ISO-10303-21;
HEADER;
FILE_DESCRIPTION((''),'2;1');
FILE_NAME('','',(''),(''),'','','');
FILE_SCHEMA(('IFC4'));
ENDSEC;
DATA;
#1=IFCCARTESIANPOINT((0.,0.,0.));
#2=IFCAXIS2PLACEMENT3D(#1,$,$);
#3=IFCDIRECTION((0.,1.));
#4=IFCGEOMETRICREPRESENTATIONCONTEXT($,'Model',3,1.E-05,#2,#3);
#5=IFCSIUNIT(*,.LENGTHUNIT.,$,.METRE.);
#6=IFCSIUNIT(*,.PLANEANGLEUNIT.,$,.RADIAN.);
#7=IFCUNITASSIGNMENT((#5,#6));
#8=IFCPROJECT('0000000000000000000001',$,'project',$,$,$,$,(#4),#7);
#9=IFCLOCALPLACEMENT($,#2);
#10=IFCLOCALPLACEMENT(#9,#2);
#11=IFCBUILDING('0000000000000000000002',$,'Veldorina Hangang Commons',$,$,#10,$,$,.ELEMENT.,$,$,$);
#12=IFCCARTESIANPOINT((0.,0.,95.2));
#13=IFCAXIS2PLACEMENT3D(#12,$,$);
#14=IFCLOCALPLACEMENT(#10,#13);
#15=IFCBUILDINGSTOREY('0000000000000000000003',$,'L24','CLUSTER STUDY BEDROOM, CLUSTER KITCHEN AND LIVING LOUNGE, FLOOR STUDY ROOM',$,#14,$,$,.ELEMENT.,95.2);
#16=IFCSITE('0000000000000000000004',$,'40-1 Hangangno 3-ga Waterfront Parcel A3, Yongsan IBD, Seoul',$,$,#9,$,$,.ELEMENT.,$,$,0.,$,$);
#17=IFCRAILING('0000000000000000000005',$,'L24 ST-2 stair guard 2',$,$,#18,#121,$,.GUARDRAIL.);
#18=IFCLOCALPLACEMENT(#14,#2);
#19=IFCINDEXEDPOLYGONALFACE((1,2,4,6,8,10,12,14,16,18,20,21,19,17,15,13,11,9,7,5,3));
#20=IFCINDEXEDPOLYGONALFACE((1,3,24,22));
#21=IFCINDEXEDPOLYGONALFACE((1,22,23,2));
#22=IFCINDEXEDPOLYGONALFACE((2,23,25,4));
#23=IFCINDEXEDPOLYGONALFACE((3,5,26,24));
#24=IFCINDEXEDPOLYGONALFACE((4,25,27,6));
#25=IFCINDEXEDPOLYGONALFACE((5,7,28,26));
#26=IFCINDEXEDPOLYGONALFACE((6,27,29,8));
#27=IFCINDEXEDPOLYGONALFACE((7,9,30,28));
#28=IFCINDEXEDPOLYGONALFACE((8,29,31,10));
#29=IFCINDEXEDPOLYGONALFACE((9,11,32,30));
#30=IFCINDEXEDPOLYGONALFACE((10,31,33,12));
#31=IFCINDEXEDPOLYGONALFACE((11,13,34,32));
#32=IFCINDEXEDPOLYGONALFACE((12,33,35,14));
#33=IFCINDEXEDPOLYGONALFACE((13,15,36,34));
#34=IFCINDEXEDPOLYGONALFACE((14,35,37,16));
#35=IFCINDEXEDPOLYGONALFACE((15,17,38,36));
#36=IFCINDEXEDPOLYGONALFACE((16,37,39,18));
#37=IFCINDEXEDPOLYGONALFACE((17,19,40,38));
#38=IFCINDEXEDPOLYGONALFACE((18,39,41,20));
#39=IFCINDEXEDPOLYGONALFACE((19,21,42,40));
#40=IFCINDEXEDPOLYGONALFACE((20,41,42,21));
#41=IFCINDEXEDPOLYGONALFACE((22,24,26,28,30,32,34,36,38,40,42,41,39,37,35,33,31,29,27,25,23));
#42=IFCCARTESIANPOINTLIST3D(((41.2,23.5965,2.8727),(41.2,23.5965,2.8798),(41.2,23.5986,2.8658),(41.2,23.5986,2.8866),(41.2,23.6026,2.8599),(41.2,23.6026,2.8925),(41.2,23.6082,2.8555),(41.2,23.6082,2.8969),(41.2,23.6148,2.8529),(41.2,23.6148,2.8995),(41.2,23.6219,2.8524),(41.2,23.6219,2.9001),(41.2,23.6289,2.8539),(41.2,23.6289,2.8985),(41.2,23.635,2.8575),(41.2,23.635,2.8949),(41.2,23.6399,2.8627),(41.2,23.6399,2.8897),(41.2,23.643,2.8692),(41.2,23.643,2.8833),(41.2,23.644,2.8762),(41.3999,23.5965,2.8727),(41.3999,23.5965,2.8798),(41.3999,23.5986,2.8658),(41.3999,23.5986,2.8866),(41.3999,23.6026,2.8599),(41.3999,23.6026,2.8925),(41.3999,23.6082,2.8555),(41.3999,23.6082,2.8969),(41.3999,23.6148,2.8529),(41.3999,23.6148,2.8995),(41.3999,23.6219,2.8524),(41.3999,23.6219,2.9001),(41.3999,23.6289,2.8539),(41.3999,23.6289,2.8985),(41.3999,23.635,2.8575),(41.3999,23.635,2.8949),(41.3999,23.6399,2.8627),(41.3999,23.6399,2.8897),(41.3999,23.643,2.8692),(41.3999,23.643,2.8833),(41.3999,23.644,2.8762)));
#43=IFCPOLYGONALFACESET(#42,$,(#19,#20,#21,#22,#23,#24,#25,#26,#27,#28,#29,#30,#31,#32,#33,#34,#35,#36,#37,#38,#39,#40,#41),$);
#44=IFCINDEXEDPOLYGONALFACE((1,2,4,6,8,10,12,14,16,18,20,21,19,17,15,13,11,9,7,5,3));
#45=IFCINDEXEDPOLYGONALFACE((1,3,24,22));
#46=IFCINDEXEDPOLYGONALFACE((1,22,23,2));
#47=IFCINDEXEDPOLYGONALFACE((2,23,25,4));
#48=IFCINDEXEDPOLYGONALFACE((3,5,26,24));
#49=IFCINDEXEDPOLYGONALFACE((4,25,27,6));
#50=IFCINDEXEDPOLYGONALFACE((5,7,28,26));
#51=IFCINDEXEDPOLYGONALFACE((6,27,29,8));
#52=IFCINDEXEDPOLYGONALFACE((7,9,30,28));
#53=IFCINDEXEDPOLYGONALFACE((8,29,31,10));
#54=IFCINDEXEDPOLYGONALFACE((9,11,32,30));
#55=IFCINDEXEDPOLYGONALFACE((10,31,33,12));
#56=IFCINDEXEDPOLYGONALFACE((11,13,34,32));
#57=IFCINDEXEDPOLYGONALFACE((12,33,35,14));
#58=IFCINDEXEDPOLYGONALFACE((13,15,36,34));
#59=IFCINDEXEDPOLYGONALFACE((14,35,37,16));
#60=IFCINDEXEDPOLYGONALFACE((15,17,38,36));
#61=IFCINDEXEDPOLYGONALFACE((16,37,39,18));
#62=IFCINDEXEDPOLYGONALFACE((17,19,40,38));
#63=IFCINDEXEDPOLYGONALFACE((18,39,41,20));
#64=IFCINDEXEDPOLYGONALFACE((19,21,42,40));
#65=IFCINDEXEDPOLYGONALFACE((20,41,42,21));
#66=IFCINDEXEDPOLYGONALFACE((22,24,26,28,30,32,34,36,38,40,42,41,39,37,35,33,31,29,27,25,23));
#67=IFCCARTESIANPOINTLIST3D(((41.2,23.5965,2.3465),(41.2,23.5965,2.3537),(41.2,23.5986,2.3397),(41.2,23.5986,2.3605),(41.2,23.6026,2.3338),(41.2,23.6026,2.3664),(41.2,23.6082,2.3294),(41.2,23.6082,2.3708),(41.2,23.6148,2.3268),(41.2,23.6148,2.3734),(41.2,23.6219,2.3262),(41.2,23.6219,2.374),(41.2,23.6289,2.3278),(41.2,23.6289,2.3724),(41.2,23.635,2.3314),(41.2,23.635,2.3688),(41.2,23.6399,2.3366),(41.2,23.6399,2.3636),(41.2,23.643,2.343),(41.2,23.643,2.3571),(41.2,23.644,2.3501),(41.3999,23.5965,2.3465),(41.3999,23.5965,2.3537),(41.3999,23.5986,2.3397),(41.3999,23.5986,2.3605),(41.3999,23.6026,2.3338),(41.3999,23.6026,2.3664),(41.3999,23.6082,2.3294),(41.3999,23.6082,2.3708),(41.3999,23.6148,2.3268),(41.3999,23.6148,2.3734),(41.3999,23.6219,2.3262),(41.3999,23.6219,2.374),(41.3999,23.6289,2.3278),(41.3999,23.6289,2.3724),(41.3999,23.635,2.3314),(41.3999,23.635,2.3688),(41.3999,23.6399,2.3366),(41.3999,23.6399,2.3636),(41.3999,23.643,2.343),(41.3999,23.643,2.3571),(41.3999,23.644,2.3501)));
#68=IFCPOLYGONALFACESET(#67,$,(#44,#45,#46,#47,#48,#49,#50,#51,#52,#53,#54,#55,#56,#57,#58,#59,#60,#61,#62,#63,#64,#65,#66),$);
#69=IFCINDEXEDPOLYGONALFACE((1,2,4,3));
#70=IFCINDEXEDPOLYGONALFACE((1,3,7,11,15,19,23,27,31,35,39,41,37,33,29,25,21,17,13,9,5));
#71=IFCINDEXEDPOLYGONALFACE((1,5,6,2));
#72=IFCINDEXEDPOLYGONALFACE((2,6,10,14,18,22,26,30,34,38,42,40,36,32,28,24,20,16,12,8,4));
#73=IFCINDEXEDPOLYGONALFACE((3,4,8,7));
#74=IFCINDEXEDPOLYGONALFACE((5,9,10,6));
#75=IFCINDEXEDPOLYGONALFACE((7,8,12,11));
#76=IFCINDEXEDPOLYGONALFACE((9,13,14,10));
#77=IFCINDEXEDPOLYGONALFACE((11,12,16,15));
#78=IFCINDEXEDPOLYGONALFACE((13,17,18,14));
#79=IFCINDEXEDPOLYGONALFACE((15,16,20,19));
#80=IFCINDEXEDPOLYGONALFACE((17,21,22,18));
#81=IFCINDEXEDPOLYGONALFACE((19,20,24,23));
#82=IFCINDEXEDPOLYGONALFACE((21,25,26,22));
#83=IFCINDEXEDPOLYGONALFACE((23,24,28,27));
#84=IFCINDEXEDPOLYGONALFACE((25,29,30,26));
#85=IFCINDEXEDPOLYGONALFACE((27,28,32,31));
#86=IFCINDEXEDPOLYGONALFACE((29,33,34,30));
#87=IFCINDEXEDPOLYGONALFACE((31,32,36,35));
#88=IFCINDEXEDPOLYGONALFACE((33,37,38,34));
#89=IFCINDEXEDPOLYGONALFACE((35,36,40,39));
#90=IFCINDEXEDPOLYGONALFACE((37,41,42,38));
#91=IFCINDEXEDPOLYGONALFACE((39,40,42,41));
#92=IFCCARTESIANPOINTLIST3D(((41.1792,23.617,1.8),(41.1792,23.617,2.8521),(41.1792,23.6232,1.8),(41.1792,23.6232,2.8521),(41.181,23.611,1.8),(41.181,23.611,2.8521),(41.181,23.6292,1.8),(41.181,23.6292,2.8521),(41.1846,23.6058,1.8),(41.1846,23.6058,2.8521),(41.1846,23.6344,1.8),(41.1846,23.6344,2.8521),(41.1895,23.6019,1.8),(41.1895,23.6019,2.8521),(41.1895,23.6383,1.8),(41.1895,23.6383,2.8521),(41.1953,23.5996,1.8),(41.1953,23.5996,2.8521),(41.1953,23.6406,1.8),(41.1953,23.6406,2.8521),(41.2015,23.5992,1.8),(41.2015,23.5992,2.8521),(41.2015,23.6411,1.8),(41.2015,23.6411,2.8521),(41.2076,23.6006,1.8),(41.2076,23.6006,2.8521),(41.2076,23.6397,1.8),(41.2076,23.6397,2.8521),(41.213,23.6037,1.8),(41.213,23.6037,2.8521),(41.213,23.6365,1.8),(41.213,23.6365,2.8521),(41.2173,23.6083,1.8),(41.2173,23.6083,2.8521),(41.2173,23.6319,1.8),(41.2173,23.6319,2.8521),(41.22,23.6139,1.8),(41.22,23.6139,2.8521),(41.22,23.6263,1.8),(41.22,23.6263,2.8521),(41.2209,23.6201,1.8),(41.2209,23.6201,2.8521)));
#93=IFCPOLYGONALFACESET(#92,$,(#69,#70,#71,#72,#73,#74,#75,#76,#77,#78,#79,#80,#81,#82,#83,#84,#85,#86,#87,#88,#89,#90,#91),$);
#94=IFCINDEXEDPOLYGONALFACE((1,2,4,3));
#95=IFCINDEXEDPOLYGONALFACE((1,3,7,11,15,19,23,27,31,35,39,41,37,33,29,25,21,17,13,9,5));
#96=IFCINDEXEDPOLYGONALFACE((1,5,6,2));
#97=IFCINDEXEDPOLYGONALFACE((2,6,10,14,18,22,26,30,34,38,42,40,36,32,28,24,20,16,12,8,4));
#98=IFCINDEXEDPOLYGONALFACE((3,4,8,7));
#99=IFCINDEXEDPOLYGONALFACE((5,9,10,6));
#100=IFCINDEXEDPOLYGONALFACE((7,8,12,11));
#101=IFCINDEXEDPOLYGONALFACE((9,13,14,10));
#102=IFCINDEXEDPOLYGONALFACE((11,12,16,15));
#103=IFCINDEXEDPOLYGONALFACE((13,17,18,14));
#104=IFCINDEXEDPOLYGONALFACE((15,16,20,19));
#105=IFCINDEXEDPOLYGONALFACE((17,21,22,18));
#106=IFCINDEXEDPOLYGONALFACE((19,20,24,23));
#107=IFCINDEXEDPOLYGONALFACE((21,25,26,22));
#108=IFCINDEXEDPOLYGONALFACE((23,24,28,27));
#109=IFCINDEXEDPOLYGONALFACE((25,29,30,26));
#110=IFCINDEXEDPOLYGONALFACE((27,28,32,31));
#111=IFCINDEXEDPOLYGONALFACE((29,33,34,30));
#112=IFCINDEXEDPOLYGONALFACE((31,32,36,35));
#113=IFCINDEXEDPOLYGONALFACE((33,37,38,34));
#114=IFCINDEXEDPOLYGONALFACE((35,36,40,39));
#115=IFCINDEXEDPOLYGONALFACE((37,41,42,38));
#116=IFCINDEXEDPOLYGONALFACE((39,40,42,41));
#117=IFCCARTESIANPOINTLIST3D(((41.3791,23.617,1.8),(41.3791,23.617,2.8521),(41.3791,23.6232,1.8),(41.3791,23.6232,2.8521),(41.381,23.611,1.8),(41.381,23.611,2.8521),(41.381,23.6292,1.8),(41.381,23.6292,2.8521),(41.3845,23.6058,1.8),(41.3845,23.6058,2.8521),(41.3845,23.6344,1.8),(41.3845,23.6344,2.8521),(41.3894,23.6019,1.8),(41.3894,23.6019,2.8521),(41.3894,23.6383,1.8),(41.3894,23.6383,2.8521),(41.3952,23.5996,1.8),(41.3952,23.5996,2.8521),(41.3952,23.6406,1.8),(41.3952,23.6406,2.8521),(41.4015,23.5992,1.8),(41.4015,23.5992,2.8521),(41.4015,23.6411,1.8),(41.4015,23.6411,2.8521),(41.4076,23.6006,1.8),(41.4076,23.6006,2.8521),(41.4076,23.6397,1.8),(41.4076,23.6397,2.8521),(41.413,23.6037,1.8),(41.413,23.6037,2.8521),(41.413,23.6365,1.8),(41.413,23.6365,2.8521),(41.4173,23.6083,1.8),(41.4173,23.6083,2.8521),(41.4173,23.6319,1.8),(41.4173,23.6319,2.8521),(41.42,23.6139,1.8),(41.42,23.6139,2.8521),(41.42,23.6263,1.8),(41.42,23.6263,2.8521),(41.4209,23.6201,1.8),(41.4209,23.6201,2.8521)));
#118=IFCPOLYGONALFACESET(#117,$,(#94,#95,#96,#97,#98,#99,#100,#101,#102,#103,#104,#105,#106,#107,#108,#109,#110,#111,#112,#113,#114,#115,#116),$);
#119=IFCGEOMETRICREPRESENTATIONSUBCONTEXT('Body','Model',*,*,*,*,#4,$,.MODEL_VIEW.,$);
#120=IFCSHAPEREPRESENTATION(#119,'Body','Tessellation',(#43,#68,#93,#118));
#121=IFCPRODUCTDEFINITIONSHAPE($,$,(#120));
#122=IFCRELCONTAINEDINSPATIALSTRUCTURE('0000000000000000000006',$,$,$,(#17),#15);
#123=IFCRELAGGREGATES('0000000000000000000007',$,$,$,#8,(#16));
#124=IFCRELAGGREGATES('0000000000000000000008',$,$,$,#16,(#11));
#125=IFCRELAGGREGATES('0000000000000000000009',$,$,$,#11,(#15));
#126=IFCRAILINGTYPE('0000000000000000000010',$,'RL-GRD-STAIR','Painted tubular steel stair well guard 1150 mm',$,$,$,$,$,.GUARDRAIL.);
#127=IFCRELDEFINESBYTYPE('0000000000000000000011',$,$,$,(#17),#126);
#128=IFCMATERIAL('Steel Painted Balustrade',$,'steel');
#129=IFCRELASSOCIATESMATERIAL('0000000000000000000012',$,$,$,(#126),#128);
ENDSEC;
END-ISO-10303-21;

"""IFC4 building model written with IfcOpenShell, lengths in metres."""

from ifc_helpers import new_model, si_unit, direction, frame, origin, origin_2d, place, context, subcontext, project, spatial, circle, extrude, material, type_object, element, save


model = new_model("IFC4")

# Units and contexts
model_context = context("Model", 3, precision=1e-05, world=origin(), true_north=direction((0.0, 1.0)))
body_context = subcontext(model_context, "Body", "Model", "MODEL_VIEW")
ifc_project = project(units=[si_unit("LENGTHUNIT", "METRE"), si_unit("PLANEANGLEUNIT", "RADIAN")], contexts=[model_context])

# Site, building, storey
site_placement = place(None, origin())
site = spatial("IfcSite", under=ifc_project, at=site_placement, Name="40-1 Hangangno 3-ga Waterfront Parcel A3, Yongsan IBD, Seoul", CompositionType="ELEMENT", RefElevation=0.0)
building_placement = place(site_placement, origin())
building = spatial("IfcBuilding", under=site, at=building_placement, Name="Veldorina Hangang Commons", CompositionType="ELEMENT")
storey_placement = place(building_placement, frame((0.0, 0.0, 95.2)))
storey = spatial("IfcBuildingStorey", under=building, at=storey_placement, Name="L24", Description="CLUSTER STUDY BEDROOM, CLUSTER KITCHEN AND LIVING LOUNGE, FLOOR STUDY ROOM", CompositionType="ELEMENT", Elevation=95.2)

# Railing
ifc_material_1 = material(Name="Steel Painted Balustrade", Category="steel")
railing_type = type_object("IfcRailingType", Name="RL-GRD-STAIR", Description="Painted tubular steel stair well guard 1150 mm", PredefinedType="GUARDRAIL", material=ifc_material_1)
railing_1_placement = place(storey_placement, frame((41.2, 23.6201, 1.8)))
element("IfcRailing", 1, at=railing_1_placement, inside=storey, type_object=railing_type, Name="L24 ST-2 stair guard 2", PredefinedType="GUARDRAIL", context=body_context, shape_type="SweptSolid", body=[
    extrude(circle(Radius=0.0239, at=origin_2d()), frame((0.0, 0.0, 1.0762), z_axis=(1.0, 0.0, 0.0), x_axis=(0.0, 1.0, 0.0)), (0.0, 0.0, 1.0), 0.2),
    extrude(circle(Radius=0.0239, at=origin_2d()), frame((0.0, 0.0, 0.55), z_axis=(1.0, 0.0, 0.0), x_axis=(0.0, 1.0, 0.0)), (0.0, 0.0, 1.0), 0.2),
    extrude(circle(Radius=0.021, at=origin_2d()), origin(), (0.0, 0.0, 1.0), 1.052),
    extrude(circle(Radius=0.021, at=origin_2d()), frame((0.2, 0.0, 0.0)), (0.0, 0.0, 1.0), 1.052),
])

save(model, "model.ifc")
